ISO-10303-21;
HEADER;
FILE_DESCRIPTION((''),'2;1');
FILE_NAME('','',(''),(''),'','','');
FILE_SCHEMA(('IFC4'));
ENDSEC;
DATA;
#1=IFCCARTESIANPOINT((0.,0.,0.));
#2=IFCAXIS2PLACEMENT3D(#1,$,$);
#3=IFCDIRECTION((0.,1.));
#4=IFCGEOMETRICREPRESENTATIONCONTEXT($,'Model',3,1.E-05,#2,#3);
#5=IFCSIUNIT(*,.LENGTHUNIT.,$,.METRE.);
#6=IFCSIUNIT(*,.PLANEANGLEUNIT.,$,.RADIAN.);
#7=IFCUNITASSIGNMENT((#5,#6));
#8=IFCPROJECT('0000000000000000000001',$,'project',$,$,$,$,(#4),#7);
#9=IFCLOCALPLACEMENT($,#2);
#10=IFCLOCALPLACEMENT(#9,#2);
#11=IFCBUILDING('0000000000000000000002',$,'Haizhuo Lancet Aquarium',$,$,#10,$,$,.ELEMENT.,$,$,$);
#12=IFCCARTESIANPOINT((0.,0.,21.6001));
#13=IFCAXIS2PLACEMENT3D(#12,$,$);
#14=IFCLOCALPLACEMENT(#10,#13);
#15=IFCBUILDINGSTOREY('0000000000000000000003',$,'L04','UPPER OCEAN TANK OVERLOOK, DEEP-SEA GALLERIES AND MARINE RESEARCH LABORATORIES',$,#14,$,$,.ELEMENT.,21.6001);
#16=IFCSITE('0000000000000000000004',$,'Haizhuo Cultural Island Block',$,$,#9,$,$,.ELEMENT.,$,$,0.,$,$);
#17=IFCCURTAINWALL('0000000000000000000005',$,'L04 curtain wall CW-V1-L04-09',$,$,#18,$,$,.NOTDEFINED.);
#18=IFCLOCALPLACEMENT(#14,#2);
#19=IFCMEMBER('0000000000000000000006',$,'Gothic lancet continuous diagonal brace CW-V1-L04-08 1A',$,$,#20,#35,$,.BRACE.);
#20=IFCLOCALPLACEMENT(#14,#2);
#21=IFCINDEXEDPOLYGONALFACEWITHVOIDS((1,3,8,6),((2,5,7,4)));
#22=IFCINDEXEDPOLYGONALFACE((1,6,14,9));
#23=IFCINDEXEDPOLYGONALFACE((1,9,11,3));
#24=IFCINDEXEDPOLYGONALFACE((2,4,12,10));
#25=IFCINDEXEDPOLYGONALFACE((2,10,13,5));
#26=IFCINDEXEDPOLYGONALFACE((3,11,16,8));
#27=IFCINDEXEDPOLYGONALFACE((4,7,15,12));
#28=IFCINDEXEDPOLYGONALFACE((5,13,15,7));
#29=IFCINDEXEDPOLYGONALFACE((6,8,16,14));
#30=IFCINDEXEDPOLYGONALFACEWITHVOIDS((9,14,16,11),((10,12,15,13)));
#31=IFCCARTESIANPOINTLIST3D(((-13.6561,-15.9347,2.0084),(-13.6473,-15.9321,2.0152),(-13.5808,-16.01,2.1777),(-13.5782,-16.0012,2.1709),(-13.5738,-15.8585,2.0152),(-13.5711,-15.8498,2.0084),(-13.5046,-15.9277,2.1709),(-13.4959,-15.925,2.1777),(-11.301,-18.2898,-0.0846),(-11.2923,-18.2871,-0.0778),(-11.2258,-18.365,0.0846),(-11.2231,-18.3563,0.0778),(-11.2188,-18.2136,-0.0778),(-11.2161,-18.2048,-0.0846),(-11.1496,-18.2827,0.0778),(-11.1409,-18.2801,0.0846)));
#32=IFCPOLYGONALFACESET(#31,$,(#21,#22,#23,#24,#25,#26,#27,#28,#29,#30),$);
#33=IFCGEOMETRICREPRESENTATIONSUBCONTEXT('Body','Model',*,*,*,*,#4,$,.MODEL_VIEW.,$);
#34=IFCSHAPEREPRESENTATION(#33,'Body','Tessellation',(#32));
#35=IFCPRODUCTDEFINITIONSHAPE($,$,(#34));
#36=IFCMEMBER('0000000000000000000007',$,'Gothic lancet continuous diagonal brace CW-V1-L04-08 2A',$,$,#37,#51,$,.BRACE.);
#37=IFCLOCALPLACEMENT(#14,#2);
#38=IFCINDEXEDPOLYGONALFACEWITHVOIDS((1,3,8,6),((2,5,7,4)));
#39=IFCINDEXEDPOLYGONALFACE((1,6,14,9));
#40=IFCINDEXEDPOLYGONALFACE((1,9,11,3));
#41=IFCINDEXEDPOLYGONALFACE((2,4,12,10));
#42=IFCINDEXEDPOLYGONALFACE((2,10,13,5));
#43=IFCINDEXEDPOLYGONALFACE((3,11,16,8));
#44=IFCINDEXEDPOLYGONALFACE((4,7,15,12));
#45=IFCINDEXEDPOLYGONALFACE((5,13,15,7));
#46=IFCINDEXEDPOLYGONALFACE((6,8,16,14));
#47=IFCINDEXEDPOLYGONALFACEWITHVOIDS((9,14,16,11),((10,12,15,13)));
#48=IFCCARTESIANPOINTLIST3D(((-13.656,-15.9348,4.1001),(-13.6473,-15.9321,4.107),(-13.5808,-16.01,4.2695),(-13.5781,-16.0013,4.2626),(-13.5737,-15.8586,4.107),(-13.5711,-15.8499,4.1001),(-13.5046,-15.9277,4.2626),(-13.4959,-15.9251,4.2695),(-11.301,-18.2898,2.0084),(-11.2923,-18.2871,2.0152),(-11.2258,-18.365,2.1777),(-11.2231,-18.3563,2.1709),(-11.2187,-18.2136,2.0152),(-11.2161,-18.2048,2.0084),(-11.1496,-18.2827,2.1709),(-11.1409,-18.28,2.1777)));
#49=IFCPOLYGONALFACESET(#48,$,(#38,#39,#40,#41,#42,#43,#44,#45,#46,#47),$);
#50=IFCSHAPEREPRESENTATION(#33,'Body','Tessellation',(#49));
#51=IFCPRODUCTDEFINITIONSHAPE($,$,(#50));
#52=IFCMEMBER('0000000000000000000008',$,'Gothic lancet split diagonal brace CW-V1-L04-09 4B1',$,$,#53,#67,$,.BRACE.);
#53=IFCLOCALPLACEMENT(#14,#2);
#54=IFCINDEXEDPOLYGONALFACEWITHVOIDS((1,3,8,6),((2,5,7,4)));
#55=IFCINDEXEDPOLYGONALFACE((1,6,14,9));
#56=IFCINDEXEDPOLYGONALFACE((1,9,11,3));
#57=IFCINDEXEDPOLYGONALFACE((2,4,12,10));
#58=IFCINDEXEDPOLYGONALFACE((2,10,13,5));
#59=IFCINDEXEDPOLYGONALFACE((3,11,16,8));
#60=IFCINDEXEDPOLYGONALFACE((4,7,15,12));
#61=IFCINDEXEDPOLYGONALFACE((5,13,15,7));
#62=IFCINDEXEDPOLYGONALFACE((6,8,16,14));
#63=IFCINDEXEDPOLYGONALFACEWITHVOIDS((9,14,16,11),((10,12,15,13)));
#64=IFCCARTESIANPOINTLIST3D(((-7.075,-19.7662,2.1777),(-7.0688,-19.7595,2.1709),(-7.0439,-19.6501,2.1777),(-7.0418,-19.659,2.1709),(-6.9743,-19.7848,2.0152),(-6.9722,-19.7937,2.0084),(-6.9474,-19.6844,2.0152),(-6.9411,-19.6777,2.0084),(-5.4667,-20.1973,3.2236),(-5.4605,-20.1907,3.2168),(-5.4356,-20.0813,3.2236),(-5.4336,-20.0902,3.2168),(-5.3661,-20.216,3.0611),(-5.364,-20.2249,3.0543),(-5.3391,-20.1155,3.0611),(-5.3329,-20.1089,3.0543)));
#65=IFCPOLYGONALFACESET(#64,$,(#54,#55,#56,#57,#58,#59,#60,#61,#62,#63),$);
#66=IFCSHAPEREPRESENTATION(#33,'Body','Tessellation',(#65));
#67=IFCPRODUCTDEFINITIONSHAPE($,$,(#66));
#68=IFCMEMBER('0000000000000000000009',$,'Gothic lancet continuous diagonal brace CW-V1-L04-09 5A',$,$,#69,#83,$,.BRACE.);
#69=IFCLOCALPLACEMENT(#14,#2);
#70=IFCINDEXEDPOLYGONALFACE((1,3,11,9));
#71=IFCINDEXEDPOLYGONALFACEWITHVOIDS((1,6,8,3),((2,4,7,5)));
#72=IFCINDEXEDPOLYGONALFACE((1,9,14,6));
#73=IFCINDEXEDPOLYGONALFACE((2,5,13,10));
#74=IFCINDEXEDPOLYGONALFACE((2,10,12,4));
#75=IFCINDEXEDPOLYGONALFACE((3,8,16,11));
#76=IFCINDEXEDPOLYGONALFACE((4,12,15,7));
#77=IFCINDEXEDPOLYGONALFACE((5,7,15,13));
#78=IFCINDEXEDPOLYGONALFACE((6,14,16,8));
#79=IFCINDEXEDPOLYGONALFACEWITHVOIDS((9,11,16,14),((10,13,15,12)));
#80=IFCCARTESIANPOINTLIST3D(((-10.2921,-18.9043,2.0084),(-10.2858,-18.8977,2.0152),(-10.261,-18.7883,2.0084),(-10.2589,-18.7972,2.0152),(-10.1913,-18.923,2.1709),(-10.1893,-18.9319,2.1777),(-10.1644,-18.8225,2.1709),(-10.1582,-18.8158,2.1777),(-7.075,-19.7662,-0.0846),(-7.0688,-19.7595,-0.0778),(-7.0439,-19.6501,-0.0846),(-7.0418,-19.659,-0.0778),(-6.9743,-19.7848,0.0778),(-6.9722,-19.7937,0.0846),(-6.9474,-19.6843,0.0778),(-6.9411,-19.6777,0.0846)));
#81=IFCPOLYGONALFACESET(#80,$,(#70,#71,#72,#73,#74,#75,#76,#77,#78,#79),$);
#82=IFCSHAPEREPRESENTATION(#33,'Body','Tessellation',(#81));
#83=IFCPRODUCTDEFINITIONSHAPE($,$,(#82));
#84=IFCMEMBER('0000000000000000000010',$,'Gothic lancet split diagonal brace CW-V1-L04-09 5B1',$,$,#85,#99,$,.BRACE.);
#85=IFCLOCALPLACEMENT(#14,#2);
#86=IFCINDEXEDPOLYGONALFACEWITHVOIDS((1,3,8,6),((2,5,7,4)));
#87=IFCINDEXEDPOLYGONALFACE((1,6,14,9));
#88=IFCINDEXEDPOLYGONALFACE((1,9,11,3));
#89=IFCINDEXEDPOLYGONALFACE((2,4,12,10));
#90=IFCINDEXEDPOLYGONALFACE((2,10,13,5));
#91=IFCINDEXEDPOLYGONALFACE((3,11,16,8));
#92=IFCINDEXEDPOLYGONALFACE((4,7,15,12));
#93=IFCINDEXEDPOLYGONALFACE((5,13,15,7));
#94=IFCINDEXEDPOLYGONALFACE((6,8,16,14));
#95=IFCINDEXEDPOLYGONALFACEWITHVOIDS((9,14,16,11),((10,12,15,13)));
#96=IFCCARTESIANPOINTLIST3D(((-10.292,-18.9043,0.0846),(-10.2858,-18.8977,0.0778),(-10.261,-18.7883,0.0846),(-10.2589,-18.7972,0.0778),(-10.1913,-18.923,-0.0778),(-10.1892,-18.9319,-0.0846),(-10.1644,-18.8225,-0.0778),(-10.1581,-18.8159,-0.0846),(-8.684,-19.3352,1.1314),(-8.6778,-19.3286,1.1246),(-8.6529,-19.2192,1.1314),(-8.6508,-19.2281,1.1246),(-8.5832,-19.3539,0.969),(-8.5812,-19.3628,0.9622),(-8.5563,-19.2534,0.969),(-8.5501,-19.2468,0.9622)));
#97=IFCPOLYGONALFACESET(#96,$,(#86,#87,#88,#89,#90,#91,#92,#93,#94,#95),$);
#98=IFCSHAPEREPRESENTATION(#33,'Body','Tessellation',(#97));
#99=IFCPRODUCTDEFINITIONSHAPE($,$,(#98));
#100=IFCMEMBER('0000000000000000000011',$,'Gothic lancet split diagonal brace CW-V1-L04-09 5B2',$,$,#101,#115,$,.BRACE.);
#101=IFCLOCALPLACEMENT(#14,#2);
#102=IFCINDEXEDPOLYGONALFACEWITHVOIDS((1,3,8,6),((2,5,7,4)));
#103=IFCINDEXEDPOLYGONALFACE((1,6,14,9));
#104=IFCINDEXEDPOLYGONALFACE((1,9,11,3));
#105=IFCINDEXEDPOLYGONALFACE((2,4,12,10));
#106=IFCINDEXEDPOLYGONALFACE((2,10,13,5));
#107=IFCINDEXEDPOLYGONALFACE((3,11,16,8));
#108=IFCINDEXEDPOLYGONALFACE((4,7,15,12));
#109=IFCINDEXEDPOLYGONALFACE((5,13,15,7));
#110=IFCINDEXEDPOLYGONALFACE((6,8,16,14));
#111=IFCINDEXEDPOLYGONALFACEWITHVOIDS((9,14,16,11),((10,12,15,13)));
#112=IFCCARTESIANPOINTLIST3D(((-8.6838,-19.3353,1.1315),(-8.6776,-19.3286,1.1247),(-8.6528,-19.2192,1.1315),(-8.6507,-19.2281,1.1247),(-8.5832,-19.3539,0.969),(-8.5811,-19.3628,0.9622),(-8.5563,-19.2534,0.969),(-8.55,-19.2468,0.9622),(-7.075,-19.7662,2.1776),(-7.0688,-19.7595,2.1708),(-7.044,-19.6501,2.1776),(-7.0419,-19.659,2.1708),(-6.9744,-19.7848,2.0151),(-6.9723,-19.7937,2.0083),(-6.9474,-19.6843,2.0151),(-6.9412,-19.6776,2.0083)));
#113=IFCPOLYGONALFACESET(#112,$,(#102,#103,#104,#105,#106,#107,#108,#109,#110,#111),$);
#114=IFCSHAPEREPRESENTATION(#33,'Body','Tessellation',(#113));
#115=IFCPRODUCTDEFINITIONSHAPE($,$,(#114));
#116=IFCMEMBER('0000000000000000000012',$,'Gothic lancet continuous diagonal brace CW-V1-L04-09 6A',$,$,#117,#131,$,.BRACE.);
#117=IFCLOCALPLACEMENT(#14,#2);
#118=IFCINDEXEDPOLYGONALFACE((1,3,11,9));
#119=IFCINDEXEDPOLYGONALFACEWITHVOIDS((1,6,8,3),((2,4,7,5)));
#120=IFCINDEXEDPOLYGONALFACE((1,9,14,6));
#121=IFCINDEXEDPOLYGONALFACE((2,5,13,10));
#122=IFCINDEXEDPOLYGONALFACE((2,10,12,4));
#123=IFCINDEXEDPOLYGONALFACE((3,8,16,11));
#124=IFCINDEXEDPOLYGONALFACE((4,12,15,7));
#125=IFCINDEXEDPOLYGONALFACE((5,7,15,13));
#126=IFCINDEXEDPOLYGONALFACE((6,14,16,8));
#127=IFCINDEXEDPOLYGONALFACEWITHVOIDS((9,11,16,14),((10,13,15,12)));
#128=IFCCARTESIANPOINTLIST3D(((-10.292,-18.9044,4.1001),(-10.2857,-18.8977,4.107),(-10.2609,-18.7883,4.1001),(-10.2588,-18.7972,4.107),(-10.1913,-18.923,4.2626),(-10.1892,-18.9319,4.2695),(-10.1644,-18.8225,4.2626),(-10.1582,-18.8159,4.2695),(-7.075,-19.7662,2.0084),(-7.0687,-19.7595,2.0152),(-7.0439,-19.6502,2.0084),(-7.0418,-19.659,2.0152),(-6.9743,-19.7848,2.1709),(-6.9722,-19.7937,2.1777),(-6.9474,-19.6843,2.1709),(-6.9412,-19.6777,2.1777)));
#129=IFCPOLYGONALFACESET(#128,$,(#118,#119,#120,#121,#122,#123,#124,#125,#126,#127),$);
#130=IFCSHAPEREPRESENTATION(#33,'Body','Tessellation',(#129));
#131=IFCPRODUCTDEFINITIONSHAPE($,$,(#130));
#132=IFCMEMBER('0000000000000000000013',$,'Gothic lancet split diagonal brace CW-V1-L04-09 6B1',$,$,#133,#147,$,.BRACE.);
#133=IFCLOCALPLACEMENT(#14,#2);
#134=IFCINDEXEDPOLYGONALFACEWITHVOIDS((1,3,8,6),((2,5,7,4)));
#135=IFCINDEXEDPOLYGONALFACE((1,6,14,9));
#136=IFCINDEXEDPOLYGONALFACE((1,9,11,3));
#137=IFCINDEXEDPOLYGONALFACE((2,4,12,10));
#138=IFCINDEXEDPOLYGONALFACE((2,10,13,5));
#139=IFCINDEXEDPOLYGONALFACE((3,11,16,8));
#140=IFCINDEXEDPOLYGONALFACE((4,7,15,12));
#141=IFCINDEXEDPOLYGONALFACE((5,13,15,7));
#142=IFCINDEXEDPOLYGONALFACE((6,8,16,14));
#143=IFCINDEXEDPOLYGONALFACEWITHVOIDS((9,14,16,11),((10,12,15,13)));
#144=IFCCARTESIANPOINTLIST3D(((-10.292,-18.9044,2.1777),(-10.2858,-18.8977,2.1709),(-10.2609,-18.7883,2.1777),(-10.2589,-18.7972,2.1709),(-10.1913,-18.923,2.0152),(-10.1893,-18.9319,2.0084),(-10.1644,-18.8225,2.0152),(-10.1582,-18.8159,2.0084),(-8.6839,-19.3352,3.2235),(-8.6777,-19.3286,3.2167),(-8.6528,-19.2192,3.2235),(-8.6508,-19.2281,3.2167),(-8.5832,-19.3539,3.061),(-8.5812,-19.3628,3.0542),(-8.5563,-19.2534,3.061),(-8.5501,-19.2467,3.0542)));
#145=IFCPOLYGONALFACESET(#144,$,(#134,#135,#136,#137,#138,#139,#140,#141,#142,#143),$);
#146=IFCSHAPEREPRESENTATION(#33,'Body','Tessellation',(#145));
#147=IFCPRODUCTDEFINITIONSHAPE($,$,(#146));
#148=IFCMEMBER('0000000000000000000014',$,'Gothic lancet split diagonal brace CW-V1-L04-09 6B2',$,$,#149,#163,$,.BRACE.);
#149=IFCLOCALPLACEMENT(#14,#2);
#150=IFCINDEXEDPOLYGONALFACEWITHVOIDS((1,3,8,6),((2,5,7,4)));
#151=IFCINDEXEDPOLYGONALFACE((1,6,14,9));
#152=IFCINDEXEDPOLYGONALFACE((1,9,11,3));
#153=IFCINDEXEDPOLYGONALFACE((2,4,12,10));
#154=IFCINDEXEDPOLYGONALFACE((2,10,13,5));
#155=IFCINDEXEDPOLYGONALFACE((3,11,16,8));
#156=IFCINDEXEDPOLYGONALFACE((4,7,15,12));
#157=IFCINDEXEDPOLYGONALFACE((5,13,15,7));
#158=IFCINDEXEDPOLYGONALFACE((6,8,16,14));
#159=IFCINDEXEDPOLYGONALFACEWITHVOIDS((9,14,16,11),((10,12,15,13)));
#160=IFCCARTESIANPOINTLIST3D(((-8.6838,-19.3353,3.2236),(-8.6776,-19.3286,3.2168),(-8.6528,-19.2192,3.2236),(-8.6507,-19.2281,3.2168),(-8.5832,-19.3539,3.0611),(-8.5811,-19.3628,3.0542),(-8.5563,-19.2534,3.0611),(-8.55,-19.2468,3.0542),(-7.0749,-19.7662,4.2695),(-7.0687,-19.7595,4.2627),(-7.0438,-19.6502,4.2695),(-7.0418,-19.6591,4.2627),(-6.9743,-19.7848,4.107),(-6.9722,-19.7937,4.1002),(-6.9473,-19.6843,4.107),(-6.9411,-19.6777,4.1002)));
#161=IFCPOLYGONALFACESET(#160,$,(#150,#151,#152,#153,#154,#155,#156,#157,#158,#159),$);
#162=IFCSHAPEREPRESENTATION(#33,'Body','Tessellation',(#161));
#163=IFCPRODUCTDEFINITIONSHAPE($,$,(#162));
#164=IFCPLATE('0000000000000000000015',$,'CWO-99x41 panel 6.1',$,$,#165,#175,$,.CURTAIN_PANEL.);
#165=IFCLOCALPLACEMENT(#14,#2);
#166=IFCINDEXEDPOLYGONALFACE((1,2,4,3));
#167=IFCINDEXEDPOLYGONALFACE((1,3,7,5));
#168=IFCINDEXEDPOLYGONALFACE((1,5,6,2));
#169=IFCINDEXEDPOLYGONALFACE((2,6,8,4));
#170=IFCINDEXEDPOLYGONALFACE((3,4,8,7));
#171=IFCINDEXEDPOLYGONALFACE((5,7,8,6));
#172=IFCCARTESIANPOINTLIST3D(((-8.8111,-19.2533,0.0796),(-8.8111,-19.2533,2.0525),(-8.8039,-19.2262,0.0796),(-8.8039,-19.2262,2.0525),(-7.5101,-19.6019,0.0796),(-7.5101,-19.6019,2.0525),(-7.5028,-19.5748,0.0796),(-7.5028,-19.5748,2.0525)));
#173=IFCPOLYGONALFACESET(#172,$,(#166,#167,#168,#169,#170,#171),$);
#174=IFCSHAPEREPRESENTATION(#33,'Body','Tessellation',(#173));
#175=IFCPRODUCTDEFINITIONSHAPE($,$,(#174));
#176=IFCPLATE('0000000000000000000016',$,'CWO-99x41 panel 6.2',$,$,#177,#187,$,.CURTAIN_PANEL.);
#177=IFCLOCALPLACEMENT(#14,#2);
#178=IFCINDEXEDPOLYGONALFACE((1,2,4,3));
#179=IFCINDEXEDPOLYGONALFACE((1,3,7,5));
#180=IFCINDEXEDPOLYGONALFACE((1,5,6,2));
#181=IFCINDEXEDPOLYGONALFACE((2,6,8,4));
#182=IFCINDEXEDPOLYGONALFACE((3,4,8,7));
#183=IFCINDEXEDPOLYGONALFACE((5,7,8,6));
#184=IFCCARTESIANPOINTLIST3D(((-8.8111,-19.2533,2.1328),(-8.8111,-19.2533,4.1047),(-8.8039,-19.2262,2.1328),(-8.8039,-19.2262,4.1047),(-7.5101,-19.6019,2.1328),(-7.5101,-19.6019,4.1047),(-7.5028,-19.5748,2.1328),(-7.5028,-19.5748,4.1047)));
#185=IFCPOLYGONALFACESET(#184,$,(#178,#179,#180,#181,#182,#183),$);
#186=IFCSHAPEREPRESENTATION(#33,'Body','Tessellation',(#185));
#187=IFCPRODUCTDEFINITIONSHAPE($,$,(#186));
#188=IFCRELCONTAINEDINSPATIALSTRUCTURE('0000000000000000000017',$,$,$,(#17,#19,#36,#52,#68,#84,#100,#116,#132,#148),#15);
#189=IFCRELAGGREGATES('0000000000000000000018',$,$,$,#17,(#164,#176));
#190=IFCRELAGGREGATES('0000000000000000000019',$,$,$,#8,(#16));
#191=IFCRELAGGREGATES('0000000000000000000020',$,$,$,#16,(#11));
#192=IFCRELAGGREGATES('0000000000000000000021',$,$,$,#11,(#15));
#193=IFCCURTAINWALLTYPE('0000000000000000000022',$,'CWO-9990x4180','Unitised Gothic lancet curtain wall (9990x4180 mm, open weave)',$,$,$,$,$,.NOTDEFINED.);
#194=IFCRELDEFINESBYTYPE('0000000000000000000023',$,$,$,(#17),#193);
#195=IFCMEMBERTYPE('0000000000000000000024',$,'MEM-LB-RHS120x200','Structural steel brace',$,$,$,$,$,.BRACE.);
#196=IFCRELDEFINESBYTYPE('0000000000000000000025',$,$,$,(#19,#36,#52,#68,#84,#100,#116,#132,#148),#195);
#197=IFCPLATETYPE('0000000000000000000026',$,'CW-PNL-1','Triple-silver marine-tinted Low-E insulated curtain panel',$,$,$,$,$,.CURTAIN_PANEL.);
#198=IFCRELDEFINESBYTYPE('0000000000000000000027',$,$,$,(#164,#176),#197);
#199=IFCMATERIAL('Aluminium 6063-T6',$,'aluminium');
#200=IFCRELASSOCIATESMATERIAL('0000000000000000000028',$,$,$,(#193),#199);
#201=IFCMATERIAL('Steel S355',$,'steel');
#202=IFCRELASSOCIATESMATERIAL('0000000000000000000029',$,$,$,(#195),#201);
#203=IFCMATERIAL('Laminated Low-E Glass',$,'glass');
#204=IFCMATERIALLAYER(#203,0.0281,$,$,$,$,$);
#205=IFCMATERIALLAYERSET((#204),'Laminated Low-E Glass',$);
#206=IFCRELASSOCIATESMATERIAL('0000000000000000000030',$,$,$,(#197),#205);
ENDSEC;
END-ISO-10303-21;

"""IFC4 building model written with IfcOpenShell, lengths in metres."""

from ifc_helpers import new_model, si_unit, direction, frame, origin, origin_2d, place, context, subcontext, project, spatial, rectangle, hollow_rectangle, extrude, material, layer, layer_set, material_profile, profile_set, type_object, element, aggregate, save


model = new_model("IFC4")

# Units and contexts
model_context = context("Model", 3, precision=1e-05, world=origin(), true_north=direction((0.0, 1.0)))
body_context = subcontext(model_context, "Body", "Model", "MODEL_VIEW")
ifc_project = project(units=[si_unit("LENGTHUNIT", "METRE"), si_unit("PLANEANGLEUNIT", "RADIAN")], contexts=[model_context])

# Site, building, storey
site_placement = place(None, origin())
site = spatial("IfcSite", under=ifc_project, at=site_placement, Name="Haizhuo Cultural Island Block", CompositionType="ELEMENT", RefElevation=0.0)
building_placement = place(site_placement, origin())
building = spatial("IfcBuilding", under=site, at=building_placement, Name="Haizhuo Lancet Aquarium", CompositionType="ELEMENT")
storey_placement = place(building_placement, frame((0.0, 0.0, 21.6001)))
storey = spatial("IfcBuildingStorey", under=building, at=storey_placement, Name="L04", Description="UPPER OCEAN TANK OVERLOOK, DEEP-SEA GALLERIES AND MARINE RESEARCH LABORATORIES", CompositionType="ELEMENT", Elevation=21.6001)

# Curtain wall
ifc_material_1 = material(Name="Aluminium 6063-T6", Category="aluminium")
curtain_wall_type = type_object("IfcCurtainWallType", Name="CWO-9990x4180", Description="Unitised Gothic lancet curtain wall (9990x4180 mm, open weave)", PredefinedType="NOTDEFINED", material=ifc_material_1)
curtain_wall_placement = place(storey_placement, origin())
curtain_wall = element("IfcCurtainWall", 1, at=curtain_wall_placement, inside=storey, type_object=curtain_wall_type, Name="L04 curtain wall CW-V1-L04-09", PredefinedType="NOTDEFINED")

# Members
ifc_material_2 = material(Name="Steel S355", Category="steel")
ifc_material_profile_1 = material_profile(ifc_material_2, hollow_rectangle(XDim=0.1201, YDim=0.2, WallThickness=0.0081, at=origin_2d()), Name="RHS 120x200x8")
ifc_profile_set_1 = profile_set([ifc_material_profile_1], Name="Steel S355")
member_type_1 = type_object("IfcMemberType", Name="MEM-LB-RHS120x200", Description="Structural steel brace", PredefinedType="BRACE", material=ifc_profile_set_1)
member_1_placement = place(storey_placement, frame((-11.2209, -18.2849, 0.0), z_axis=(-0.598695, 0.598695, 0.532098), x_axis=(-0.707107, -0.707107, 0.0)))
element("IfcMember", 2, at=member_1_placement, inside=storey, type_object=member_type_1, Name="Gothic lancet continuous diagonal brace CW-V1-L04-08 1A", PredefinedType="BRACE", context=body_context, shape_type="SweptSolid", body=[
    extrude(hollow_rectangle(XDim=0.1201, YDim=0.2, WallThickness=0.0081, at=origin_2d()), origin(), (0.0, 0.0, 1.0), 3.9336),
])
member_2_placement = place(storey_placement, frame((-11.2209, -18.2849, 2.093), z_axis=(-0.598794, 0.598794, 0.531875), x_axis=(-0.707107, -0.707107, 0.0)))
element("IfcMember", 3, at=member_2_placement, inside=storey, type_object=member_type_1, Name="Gothic lancet continuous diagonal brace CW-V1-L04-08 2A", PredefinedType="BRACE", context=body_context, shape_type="SweptSolid", body=[
    extrude(hollow_rectangle(XDim=0.1201, YDim=0.2, WallThickness=0.0081, at=origin_2d()), origin(), (0.0, 0.0, 1.0), 3.9329),
])
member_3_placement = place(storey_placement, frame((-7.0081, -19.7219, 2.093), z_axis=(0.817898, -0.219282, 0.531938), x_axis=(0.258958, 0.965888, 0.0)))
element("IfcMember", 4, at=member_3_placement, inside=storey, type_object=member_type_1, Name="Gothic lancet split diagonal brace CW-V1-L04-09 4B1", PredefinedType="BRACE", context=body_context, shape_type="SweptSolid", body=[
    extrude(hollow_rectangle(XDim=0.1201, YDim=0.2, WallThickness=0.0081, at=origin_2d()), origin(), (0.0, 0.0, 1.0), 1.9663),
])
member_4_placement = place(storey_placement, frame((-7.0081, -19.7219, 0.0), z_axis=(-0.817847, 0.219094, 0.532094), x_axis=(-0.258767, -0.96594, 0.0)))
element("IfcMember", 5, at=member_4_placement, inside=storey, type_object=member_type_1, Name="Gothic lancet continuous diagonal brace CW-V1-L04-09 5A", PredefinedType="BRACE", context=body_context, shape_type="SweptSolid", body=[
    extrude(hollow_rectangle(XDim=0.1201, YDim=0.2, WallThickness=0.0081, at=origin_2d()), origin(), (0.0, 0.0, 1.0), 3.9336),
])
member_5_placement = place(storey_placement, frame((-10.2251, -18.8601, 0.0), z_axis=(0.817704, -0.219106, 0.532309), x_axis=(0.258822, 0.965925, 0.0)))
element("IfcMember", 6, at=member_5_placement, inside=storey, type_object=member_type_1, Name="Gothic lancet split diagonal brace CW-V1-L04-09 5B1", PredefinedType="BRACE", context=body_context, shape_type="SweptSolid", body=[
    extrude(hollow_rectangle(XDim=0.1201, YDim=0.2, WallThickness=0.0081, at=origin_2d()), origin(), (0.0, 0.0, 1.0), 1.9666),
])
member_6_placement = place(storey_placement, frame((-8.6169, -19.291, 1.0469), z_axis=(0.81799, -0.219082, 0.53188), x_axis=(0.258712, 0.965955, 0.0)))
element("IfcMember", 7, at=member_6_placement, inside=storey, type_object=member_type_1, Name="Gothic lancet split diagonal brace CW-V1-L04-09 5B2", PredefinedType="BRACE", context=body_context, shape_type="SweptSolid", body=[
    extrude(hollow_rectangle(XDim=0.1201, YDim=0.2, WallThickness=0.0081, at=origin_2d()), origin(), (0.0, 0.0, 1.0), 1.9668),
])
member_7_placement = place(storey_placement, frame((-7.0081, -19.7219, 2.093), z_axis=(-0.817982, 0.21913, 0.531871), x_axis=(-0.258767, -0.96594, 0.0)))
element("IfcMember", 8, at=member_7_placement, inside=storey, type_object=member_type_1, Name="Gothic lancet continuous diagonal brace CW-V1-L04-09 6A", PredefinedType="BRACE", context=body_context, shape_type="SweptSolid", body=[
    extrude(hollow_rectangle(XDim=0.1201, YDim=0.2, WallThickness=0.0081, at=origin_2d()), origin(), (0.0, 0.0, 1.0), 3.9329),
])
member_8_placement = place(storey_placement, frame((-10.2251, -18.8601, 2.093), z_axis=(0.81792, -0.219163, 0.531953), x_axis=(0.258822, 0.965925, 0.0)))
element("IfcMember", 9, at=member_8_placement, inside=storey, type_object=member_type_1, Name="Gothic lancet split diagonal brace CW-V1-L04-09 6B1", PredefinedType="BRACE", context=body_context, shape_type="SweptSolid", body=[
    extrude(hollow_rectangle(XDim=0.1201, YDim=0.2, WallThickness=0.0081, at=origin_2d()), origin(), (0.0, 0.0, 1.0), 1.9661),
])
member_9_placement = place(storey_placement, frame((-8.6169, -19.291, 3.1389), z_axis=(0.818044, -0.219097, 0.53179), x_axis=(0.258712, 0.965955, 0.0)))
element("IfcMember", 10, at=member_9_placement, inside=storey, type_object=member_type_1, Name="Gothic lancet split diagonal brace CW-V1-L04-09 6B2", PredefinedType="BRACE", context=body_context, shape_type="SweptSolid", body=[
    extrude(hollow_rectangle(XDim=0.1201, YDim=0.2, WallThickness=0.0081, at=origin_2d()), origin(), (0.0, 0.0, 1.0), 1.9668),
])

# Plates
ifc_material_3 = material(Name="Laminated Low-E Glass", Category="glass")
ifc_layer_1 = layer(ifc_material_3, 0.0281)
ifc_layer_set_1 = layer_set([ifc_layer_1], Name="Laminated Low-E Glass")
plate_type = type_object("IfcPlateType", Name="CW-PNL-1", Description="Triple-silver marine-tinted Low-E insulated curtain panel", PredefinedType="CURTAIN_PANEL", material=ifc_layer_set_1)
plate_1_placement = place(storey_placement, frame((-8.157, -19.4141, 0.0796), z_axis=(0.0, 0.0, 1.0), x_axis=(-0.965917, 0.258853, 0.0)))
plate_1 = element("IfcPlate", 11, at=plate_1_placement, type_object=plate_type, Name="CWO-99x41 panel 6.1", PredefinedType="CURTAIN_PANEL", context=body_context, shape_type="SweptSolid", body=[
    extrude(rectangle(XDim=1.3469, YDim=0.0281, at=origin_2d()), origin(), (0.0, 0.0, 1.0), 1.9729),
])
plate_2_placement = place(storey_placement, frame((-8.157, -19.4141, 2.1328), z_axis=(0.0, 0.0, 1.0), x_axis=(-0.965917, 0.258853, 0.0)))
plate_2 = element("IfcPlate", 12, at=plate_2_placement, type_object=plate_type, Name="CWO-99x41 panel 6.2", PredefinedType="CURTAIN_PANEL", context=body_context, shape_type="SweptSolid", body=[
    extrude(rectangle(XDim=1.3469, YDim=0.0281, at=origin_2d()), origin(), (0.0, 0.0, 1.0), 1.9719),
])
aggregate(curtain_wall, [plate_1, plate_2])

save(model, "model.ifc")
